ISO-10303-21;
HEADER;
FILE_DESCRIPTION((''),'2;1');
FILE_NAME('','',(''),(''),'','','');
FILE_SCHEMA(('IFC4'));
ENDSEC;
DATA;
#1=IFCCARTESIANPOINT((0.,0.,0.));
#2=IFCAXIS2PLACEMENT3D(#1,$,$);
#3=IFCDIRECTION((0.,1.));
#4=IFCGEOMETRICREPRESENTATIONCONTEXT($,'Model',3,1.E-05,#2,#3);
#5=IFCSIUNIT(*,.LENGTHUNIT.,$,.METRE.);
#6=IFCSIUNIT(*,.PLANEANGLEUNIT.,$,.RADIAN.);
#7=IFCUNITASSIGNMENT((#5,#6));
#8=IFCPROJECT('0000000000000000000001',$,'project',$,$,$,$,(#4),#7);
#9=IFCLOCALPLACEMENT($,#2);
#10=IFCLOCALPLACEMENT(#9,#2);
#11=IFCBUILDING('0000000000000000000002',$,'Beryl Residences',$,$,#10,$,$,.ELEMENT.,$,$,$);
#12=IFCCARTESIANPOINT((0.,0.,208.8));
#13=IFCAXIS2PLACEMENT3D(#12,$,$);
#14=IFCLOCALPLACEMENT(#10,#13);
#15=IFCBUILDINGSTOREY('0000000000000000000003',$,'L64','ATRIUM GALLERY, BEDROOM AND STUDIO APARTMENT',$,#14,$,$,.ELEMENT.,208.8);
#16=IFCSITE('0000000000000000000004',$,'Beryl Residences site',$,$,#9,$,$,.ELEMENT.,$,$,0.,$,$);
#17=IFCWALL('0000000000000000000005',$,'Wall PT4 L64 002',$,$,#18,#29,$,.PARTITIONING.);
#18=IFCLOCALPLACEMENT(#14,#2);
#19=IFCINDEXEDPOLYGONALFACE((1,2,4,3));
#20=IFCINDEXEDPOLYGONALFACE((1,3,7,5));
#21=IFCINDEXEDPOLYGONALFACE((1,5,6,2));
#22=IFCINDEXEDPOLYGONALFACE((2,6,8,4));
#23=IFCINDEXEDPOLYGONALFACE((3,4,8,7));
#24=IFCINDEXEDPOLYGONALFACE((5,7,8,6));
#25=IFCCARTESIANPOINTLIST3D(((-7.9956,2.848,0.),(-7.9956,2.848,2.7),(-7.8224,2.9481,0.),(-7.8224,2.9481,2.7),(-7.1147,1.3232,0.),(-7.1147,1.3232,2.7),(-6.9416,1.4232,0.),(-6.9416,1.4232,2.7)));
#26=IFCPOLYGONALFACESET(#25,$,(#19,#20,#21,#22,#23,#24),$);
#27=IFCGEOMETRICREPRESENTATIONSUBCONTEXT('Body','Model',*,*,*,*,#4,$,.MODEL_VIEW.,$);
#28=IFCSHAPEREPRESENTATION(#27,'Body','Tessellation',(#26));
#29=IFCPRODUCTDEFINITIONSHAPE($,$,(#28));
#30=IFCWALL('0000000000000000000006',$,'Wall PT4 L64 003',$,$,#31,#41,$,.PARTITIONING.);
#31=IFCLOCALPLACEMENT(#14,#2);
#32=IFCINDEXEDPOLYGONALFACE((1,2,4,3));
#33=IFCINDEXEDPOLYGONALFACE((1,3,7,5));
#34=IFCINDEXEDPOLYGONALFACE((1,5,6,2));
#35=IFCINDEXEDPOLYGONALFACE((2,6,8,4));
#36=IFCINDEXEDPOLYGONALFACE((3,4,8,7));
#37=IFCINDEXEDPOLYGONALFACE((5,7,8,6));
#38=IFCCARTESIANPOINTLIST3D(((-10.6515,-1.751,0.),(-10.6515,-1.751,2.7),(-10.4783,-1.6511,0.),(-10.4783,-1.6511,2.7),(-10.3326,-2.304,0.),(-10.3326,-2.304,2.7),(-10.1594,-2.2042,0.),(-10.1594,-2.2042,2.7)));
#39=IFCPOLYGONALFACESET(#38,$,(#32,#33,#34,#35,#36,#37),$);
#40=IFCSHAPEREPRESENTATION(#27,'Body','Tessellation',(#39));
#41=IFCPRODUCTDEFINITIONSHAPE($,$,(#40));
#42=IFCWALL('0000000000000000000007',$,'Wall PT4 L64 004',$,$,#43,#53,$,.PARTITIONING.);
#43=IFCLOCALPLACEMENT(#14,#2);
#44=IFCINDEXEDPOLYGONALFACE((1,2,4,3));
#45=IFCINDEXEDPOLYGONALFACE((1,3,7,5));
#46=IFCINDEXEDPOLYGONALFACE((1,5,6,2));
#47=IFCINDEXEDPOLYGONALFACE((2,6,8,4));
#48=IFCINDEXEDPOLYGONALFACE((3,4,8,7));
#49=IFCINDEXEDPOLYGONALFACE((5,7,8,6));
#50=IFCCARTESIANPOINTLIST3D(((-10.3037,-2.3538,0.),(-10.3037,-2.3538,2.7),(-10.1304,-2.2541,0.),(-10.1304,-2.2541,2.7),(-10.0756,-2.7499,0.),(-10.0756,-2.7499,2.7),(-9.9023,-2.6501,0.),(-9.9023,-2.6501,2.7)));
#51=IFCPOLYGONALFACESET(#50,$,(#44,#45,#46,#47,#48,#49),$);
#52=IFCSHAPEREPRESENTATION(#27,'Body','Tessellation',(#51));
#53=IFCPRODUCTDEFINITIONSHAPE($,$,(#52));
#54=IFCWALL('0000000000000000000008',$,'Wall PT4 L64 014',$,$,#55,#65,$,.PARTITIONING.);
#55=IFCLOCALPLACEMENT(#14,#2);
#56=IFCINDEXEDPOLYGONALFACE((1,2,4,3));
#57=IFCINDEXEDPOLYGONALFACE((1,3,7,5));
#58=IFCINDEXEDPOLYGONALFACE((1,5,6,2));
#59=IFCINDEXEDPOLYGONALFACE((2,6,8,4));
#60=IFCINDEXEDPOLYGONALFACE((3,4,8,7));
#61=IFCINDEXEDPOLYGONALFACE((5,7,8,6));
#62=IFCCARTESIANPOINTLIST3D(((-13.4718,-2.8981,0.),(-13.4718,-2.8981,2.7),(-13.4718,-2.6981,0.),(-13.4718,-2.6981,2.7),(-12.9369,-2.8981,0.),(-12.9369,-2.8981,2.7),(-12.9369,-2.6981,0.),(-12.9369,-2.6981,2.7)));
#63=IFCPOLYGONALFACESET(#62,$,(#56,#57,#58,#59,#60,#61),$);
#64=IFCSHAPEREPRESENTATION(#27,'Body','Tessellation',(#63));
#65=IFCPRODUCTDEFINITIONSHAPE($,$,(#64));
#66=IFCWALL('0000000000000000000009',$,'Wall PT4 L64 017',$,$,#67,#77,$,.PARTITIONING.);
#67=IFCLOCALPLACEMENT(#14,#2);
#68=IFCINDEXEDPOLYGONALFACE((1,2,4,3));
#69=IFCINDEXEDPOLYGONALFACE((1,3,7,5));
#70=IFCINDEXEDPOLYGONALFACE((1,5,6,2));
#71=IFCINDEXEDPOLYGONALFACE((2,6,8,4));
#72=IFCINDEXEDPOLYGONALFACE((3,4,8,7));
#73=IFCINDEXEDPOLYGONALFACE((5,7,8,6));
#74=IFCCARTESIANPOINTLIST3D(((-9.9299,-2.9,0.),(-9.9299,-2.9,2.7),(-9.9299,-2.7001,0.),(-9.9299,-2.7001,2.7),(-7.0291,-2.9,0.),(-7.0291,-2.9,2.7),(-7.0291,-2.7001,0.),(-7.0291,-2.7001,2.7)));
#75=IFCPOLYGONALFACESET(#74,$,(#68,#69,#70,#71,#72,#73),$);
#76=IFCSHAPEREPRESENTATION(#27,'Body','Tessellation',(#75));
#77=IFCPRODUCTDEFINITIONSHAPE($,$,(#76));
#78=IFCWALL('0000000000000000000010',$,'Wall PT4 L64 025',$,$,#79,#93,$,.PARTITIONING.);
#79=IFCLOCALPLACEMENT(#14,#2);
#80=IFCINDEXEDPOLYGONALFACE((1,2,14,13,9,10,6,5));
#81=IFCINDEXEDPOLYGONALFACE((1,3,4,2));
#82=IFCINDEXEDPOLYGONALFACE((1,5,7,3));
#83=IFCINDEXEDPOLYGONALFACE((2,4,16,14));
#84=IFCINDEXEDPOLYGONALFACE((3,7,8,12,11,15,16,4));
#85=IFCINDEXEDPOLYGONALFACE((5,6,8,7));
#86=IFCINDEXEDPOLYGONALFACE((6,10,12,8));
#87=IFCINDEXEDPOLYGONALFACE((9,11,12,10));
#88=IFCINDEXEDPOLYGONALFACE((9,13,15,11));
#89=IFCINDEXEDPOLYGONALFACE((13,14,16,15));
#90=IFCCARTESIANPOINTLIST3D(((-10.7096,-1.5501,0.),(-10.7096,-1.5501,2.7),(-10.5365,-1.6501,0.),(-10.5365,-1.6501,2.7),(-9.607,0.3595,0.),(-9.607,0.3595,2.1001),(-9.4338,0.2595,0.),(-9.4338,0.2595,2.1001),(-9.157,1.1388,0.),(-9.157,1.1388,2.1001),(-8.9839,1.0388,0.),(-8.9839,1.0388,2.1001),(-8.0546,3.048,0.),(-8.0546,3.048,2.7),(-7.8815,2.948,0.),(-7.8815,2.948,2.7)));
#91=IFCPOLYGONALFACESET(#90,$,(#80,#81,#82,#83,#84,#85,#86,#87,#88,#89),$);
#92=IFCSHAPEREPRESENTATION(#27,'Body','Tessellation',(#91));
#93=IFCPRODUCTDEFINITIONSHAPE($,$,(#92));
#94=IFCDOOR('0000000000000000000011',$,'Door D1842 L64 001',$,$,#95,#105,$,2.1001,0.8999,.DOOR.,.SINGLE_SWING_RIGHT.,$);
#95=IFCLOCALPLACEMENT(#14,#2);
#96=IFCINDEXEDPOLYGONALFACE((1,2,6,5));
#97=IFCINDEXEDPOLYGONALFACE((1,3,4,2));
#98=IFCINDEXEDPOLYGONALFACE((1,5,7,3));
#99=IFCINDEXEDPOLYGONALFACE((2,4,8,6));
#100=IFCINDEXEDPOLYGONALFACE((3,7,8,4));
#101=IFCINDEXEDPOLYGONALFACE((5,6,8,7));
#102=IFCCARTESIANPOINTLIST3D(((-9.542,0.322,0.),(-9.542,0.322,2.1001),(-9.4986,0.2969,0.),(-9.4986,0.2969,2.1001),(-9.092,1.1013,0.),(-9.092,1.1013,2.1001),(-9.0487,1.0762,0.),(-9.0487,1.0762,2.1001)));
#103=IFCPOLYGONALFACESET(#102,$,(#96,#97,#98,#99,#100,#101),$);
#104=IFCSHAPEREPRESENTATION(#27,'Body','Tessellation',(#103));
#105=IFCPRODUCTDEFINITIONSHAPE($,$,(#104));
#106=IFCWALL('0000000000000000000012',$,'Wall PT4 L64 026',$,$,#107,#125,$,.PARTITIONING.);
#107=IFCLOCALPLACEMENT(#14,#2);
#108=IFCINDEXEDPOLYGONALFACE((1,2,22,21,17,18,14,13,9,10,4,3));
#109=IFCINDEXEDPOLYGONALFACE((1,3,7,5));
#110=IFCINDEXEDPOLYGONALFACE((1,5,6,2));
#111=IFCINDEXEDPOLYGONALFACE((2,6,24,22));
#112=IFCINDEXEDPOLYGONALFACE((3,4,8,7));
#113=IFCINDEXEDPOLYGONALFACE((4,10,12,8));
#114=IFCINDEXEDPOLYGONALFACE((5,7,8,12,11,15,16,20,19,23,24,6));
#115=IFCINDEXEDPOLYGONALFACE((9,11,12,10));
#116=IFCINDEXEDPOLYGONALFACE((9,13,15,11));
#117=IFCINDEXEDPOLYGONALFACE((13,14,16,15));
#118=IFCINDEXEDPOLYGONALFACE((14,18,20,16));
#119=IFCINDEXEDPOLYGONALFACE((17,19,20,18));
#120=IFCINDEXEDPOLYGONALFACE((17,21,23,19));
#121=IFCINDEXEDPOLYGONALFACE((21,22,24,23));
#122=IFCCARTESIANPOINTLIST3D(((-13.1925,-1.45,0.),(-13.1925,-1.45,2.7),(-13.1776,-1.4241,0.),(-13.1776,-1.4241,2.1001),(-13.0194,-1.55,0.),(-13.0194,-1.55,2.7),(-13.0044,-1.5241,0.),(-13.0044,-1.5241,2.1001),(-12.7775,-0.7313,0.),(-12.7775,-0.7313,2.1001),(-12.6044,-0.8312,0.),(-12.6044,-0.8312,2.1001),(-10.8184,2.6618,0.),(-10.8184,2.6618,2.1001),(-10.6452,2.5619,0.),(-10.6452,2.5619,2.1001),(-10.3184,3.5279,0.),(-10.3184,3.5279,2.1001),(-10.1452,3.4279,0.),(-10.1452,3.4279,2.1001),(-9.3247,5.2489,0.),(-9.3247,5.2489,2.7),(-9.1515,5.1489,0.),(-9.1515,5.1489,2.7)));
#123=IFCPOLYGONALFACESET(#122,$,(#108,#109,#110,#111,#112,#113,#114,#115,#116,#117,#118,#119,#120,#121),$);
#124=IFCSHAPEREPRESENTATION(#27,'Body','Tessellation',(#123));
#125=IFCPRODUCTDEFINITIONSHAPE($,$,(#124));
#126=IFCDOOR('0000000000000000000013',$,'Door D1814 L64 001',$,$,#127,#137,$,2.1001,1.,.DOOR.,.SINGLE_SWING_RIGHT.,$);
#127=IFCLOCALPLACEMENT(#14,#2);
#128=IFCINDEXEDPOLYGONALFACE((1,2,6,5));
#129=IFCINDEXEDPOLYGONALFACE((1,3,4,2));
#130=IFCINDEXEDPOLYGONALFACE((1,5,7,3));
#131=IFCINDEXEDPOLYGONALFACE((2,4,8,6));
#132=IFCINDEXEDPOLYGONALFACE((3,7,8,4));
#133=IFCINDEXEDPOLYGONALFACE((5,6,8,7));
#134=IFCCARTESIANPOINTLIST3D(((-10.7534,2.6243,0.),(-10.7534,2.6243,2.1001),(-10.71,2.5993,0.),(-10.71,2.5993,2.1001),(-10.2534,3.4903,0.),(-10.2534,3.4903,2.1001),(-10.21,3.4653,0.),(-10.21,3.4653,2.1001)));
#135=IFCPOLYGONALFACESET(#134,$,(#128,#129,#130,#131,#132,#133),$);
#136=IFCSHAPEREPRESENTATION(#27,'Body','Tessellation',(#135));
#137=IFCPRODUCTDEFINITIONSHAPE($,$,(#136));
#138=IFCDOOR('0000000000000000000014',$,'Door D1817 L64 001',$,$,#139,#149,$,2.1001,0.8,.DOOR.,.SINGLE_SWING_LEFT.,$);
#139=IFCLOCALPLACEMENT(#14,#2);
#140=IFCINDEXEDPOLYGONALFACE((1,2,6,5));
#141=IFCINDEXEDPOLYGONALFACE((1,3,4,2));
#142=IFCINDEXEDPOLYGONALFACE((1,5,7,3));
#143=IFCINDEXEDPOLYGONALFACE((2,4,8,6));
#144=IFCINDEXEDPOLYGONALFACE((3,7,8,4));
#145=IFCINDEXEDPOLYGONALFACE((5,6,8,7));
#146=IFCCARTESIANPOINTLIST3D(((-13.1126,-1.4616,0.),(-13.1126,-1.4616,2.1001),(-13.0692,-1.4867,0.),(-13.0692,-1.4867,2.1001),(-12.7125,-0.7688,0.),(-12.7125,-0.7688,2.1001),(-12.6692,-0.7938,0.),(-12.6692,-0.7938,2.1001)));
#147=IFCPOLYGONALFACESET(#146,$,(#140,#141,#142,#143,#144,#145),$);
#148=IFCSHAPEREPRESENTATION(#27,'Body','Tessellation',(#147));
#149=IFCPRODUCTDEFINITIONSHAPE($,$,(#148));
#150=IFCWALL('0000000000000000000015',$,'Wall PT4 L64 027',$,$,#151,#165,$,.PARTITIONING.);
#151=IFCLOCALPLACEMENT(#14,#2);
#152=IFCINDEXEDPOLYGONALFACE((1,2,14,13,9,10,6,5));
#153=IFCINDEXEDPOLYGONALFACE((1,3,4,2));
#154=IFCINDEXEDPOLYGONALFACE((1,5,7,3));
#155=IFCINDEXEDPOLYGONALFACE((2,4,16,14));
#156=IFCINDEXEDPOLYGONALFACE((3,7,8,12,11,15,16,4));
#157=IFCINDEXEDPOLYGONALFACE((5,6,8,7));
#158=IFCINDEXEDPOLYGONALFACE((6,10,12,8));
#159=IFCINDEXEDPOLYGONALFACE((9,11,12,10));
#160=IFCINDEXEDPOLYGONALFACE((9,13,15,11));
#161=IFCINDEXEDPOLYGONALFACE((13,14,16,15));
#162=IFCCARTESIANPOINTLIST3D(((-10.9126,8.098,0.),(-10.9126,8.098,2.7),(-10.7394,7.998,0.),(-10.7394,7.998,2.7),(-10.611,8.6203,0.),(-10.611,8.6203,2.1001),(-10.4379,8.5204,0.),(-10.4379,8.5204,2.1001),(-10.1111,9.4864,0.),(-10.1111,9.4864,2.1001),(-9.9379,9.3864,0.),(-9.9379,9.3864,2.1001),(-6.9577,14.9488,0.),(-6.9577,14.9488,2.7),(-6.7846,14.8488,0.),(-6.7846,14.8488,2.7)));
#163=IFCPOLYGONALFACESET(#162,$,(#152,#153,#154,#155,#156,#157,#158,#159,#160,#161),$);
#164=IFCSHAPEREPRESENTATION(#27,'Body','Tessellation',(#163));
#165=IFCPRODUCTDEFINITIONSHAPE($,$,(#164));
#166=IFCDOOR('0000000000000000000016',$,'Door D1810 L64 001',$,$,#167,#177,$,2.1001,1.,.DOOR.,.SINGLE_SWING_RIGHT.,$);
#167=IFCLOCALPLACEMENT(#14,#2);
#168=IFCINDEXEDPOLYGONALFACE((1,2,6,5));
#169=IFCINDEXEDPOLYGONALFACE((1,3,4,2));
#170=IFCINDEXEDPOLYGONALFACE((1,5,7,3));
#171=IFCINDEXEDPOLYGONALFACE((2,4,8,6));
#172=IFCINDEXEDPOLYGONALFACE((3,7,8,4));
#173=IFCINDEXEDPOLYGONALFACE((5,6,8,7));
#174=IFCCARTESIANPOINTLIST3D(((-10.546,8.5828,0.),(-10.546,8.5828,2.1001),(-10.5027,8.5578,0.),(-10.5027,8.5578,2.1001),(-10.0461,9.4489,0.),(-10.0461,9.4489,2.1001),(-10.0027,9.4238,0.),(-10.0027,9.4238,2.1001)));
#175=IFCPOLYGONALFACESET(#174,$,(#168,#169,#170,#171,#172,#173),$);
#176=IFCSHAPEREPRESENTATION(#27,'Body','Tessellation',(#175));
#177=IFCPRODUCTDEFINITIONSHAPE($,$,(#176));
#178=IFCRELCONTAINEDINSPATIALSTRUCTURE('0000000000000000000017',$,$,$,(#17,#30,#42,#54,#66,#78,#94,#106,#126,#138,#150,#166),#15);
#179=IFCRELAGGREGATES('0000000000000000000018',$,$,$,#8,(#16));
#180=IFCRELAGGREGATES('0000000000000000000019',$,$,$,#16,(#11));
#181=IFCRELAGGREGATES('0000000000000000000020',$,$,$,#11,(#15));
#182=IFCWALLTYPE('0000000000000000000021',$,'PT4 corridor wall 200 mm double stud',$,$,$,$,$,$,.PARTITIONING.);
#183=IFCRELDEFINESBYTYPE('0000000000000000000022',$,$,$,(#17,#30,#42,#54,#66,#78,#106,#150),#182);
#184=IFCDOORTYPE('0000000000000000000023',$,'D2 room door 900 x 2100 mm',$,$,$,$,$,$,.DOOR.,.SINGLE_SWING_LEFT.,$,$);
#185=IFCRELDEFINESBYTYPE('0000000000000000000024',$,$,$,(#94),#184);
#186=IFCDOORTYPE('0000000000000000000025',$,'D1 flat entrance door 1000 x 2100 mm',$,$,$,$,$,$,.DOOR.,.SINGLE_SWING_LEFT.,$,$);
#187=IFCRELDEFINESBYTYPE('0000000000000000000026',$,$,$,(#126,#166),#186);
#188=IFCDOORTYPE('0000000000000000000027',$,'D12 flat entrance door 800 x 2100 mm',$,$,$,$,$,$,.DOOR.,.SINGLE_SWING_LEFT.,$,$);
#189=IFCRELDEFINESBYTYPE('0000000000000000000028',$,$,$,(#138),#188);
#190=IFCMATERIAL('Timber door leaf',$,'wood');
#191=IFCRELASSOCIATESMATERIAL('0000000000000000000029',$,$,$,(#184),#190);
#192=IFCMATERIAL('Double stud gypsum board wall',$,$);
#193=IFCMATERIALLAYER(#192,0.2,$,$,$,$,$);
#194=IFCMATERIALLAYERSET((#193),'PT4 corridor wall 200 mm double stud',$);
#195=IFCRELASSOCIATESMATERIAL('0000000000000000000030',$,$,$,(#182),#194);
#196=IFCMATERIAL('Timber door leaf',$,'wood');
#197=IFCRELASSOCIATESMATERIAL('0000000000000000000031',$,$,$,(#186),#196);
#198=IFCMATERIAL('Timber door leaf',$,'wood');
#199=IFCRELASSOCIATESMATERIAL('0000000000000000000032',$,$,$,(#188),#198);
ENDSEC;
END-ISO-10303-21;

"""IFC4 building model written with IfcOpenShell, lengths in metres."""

from ifc_helpers import new_model, si_unit, direction, frame, frame_2d, origin, place, context, subcontext, project, spatial, rectangle, extrude, material, layer, layer_set, type_object, element, fill, save


model = new_model("IFC4")

# Units and contexts
model_context = context("Model", 3, precision=1e-05, world=origin(), true_north=direction((0.0, 1.0)))
body_context = subcontext(model_context, "Body", "Model", "MODEL_VIEW")
ifc_project = project(units=[si_unit("LENGTHUNIT", "METRE"), si_unit("PLANEANGLEUNIT", "RADIAN")], contexts=[model_context])

# Site, building, storey
site_placement = place(None, origin())
site = spatial("IfcSite", under=ifc_project, at=site_placement, Name="Beryl Residences site", CompositionType="ELEMENT", RefElevation=0.0)
building_placement = place(site_placement, origin())
building = spatial("IfcBuilding", under=site, at=building_placement, Name="Beryl Residences", CompositionType="ELEMENT")
storey_placement = place(building_placement, frame((0.0, 0.0, 208.8)))
storey = spatial("IfcBuildingStorey", under=building, at=storey_placement, Name="L64", Description="ATRIUM GALLERY, BEDROOM AND STUDIO APARTMENT", CompositionType="ELEMENT", Elevation=208.8)

# Shared definitions
ifc_material_1 = material(Name="Timber door leaf", Category="wood")
door_type_1 = type_object("IfcDoorType", Name="D2 room door 900 x 2100 mm", OperationType="SINGLE_SWING_LEFT", PredefinedType="DOOR", material=ifc_material_1)

# Walls
ifc_material_2 = material(Name="Double stud gypsum board wall")
ifc_layer_1 = layer(ifc_material_2, 0.2)
ifc_layer_set_1 = layer_set([ifc_layer_1], Name="PT4 corridor wall 200 mm double stud")
wall_type_1 = type_object("IfcWallType", Name="PT4 corridor wall 200 mm double stud", PredefinedType="PARTITIONING", material=ifc_layer_set_1)
wall_1_placement = place(storey_placement, frame((-7.9089, 2.8979, 0.0), z_axis=(0.0, 0.0, 1.0), x_axis=(0.500194, -0.865913, 0.0)))
element("IfcWall", 1, at=wall_1_placement, inside=storey, type_object=wall_type_1, Name="Wall PT4 L64 002", PredefinedType="PARTITIONING", context=body_context, shape_type="SweptSolid", body=[
    extrude(rectangle(XDim=1.761, YDim=0.2, at=frame_2d((0.8804, 0.0))), origin(), (0.0, 0.0, 1.0), 2.7),
])
wall_2_placement = place(storey_placement, frame((-10.5649, -1.7009, 0.0), z_axis=(0.0, 0.0, 1.0), x_axis=(0.499513, -0.866307, 0.0)))
element("IfcWall", 2, at=wall_2_placement, inside=storey, type_object=wall_type_1, Name="Wall PT4 L64 003", PredefinedType="PARTITIONING", context=body_context, shape_type="SweptSolid", body=[
    extrude(rectangle(XDim=0.6384, YDim=0.2, at=frame_2d((0.3193, 0.0))), origin(), (0.0, 0.0, 1.0), 2.7),
])
wall_3_placement = place(storey_placement, frame((-10.217, -2.304, 0.0), z_axis=(0.0, 0.0, 1.0), x_axis=(0.499013, -0.866594, 0.0)))
element("IfcWall", 3, at=wall_3_placement, inside=storey, type_object=wall_type_1, Name="Wall PT4 L64 004", PredefinedType="PARTITIONING", context=body_context, shape_type="SweptSolid", body=[
    extrude(rectangle(XDim=0.457, YDim=0.2, at=frame_2d((0.2285, 0.0))), origin(), (0.0, 0.0, 1.0), 2.7),
])
wall_4_placement = place(storey_placement, frame((-13.4719, -2.7981, 0.0), z_axis=(0.0, 0.0, 1.0), x_axis=(1.0, 0.0, 0.0)))
element("IfcWall", 4, at=wall_4_placement, inside=storey, type_object=wall_type_1, Name="Wall PT4 L64 014", PredefinedType="PARTITIONING", context=body_context, shape_type="SweptSolid", body=[
    extrude(rectangle(XDim=0.5349, YDim=0.2, at=frame_2d((0.2676, 0.0))), origin(), (0.0, 0.0, 1.0), 2.7),
])
wall_5_placement = place(storey_placement, frame((-9.9299, -2.8, 0.0), z_axis=(0.0, 0.0, 1.0), x_axis=(1.0, 0.0, 0.0)))
element("IfcWall", 5, at=wall_5_placement, inside=storey, type_object=wall_type_1, Name="Wall PT4 L64 017", PredefinedType="PARTITIONING", context=body_context, shape_type="SweptSolid", body=[
    extrude(rectangle(XDim=2.9009, YDim=0.2, at=frame_2d((1.4504, 0.0))), origin(), (0.0, 0.0, 1.0), 2.7),
])

# Wall, opening, door
wall_6_placement = place(storey_placement, frame((-10.623, -1.6001, 0.0), z_axis=(0.0, 0.0, 1.0), x_axis=(0.500041, 0.866002, 0.0)))
wall_6 = element("IfcWall", 6, at=wall_6_placement, inside=storey, type_object=wall_type_1, Name="Wall PT4 L64 025", PredefinedType="PARTITIONING", context=body_context, shape_type="SweptSolid", body=[
    extrude(rectangle(XDim=5.3096, YDim=0.2, at=frame_2d((2.6548, 0.0))), origin(), (0.0, 0.0, 1.0), 2.7),
])
opening_1_placement = place(wall_6_placement, frame((2.2051, 0.0, 0.0)))
opening_1 = element("IfcOpeningElement", 7, at=opening_1_placement, cuts=wall_6, PredefinedType="OPENING", context=body_context, shape_type="SweptSolid", body=[
    extrude(rectangle(XDim=0.8999, YDim=2.1001, at=frame_2d((0.45, 1.05))), frame((0.0, 0.1099, 0.0), z_axis=(0.0, -1.0, 0.0), x_axis=(1.0, 0.0, 0.0)), (0.0, 0.0, 1.0), 0.22),
])
door_1_placement = place(opening_1_placement, origin())
door_1 = element("IfcDoor", 8, at=door_1_placement, inside=storey, type_object=door_type_1, Name="Door D1842 L64 001", OperationType="SINGLE_SWING_RIGHT", OverallHeight=2.1001, OverallWidth=0.8999, PredefinedType="DOOR", context=body_context, shape_type="SweptSolid", body=[
    extrude(rectangle(XDim=0.8999, YDim=2.1001, at=frame_2d((0.45, 1.05))), frame((0.0, 0.0249, 0.0), z_axis=(0.0, -1.0, 0.0), x_axis=(1.0, 0.0, 0.0)), (0.0, 0.0, 1.0), 0.05),
])
fill(opening_1, door_1)

# Wall, openings, doors
wall_7_placement = place(storey_placement, frame((-13.106, -1.5, 0.0), z_axis=(0.0, 0.0, 1.0), x_axis=(0.500026, 0.866011, 0.0)))
wall_7 = element("IfcWall", 9, at=wall_7_placement, inside=storey, type_object=wall_type_1, Name="Wall PT4 L64 026", PredefinedType="PARTITIONING", context=body_context, shape_type="SweptSolid", body=[
    extrude(rectangle(XDim=7.7354, YDim=0.2, at=frame_2d((3.8677, 0.0))), origin(), (0.0, 0.0, 1.0), 2.7),
])
opening_2_placement = place(wall_7_placement, frame((4.748, 0.0, 0.0)))
opening_2 = element("IfcOpeningElement", 10, at=opening_2_placement, cuts=wall_7, PredefinedType="OPENING", context=body_context, shape_type="SweptSolid", body=[
    extrude(rectangle(XDim=1.0, YDim=2.1001, at=frame_2d((0.5, 1.05))), frame((0.0, 0.1099, 0.0), z_axis=(0.0, -1.0, 0.0), x_axis=(1.0, 0.0, 0.0)), (0.0, 0.0, 1.0), 0.22),
])
opening_3_placement = place(wall_7_placement, frame((0.03, 0.0, 0.0)))
opening_3 = element("IfcOpeningElement", 11, at=opening_3_placement, cuts=wall_7, PredefinedType="OPENING", context=body_context, shape_type="SweptSolid", body=[
    extrude(rectangle(XDim=0.8, YDim=2.1001, at=frame_2d((0.3999, 1.05))), frame((0.0, 0.1099, 0.0), z_axis=(0.0, -1.0, 0.0), x_axis=(1.0, 0.0, 0.0)), (0.0, 0.0, 1.0), 0.22),
])
ifc_material_3 = material(Name="Timber door leaf", Category="wood")
door_type_2 = type_object("IfcDoorType", Name="D1 flat entrance door 1000 x 2100 mm", OperationType="SINGLE_SWING_LEFT", PredefinedType="DOOR", material=ifc_material_3)
door_2_placement = place(opening_2_placement, origin())
door_2 = element("IfcDoor", 12, at=door_2_placement, inside=storey, type_object=door_type_2, Name="Door D1814 L64 001", OperationType="SINGLE_SWING_RIGHT", OverallHeight=2.1001, OverallWidth=1.0, PredefinedType="DOOR", context=body_context, shape_type="SweptSolid", body=[
    extrude(rectangle(XDim=1.0, YDim=2.1001, at=frame_2d((0.5, 1.05))), frame((0.0, 0.0249, 0.0), z_axis=(0.0, -1.0, 0.0), x_axis=(1.0, 0.0, 0.0)), (0.0, 0.0, 1.0), 0.05),
])
fill(opening_2, door_2)
ifc_material_4 = material(Name="Timber door leaf", Category="wood")
door_type_3 = type_object("IfcDoorType", Name="D12 flat entrance door 800 x 2100 mm", OperationType="SINGLE_SWING_LEFT", PredefinedType="DOOR", material=ifc_material_4)
door_3_placement = place(opening_3_placement, origin())
door_3 = element("IfcDoor", 13, at=door_3_placement, inside=storey, type_object=door_type_3, Name="Door D1817 L64 001", OperationType="SINGLE_SWING_LEFT", OverallHeight=2.1001, OverallWidth=0.8, PredefinedType="DOOR", context=body_context, shape_type="SweptSolid", body=[
    extrude(rectangle(XDim=0.8, YDim=2.1001, at=frame_2d((0.3999, 1.05))), frame((0.0, 0.0249, 0.0), z_axis=(0.0, -1.0, 0.0), x_axis=(1.0, 0.0, 0.0)), (0.0, 0.0, 1.0), 0.05),
])
fill(opening_3, door_3)

# Wall, opening, door
wall_8_placement = place(storey_placement, frame((-10.8259, 8.0481, 0.0), z_axis=(0.0, 0.0, 1.0), x_axis=(0.499953, 0.866052, 0.0)))
wall_8 = element("IfcWall", 14, at=wall_8_placement, inside=storey, type_object=wall_type_1, Name="Wall PT4 L64 027", PredefinedType="PARTITIONING", context=body_context, shape_type="SweptSolid", body=[
    extrude(rectangle(XDim=7.9104, YDim=0.2, at=frame_2d((3.9551, 0.0))), origin(), (0.0, 0.0, 1.0), 2.7),
])
opening_4_placement = place(wall_8_placement, frame((0.603, 0.0, 0.0)))
opening_4 = element("IfcOpeningElement", 15, at=opening_4_placement, cuts=wall_8, PredefinedType="OPENING", context=body_context, shape_type="SweptSolid", body=[
    extrude(rectangle(XDim=1.0, YDim=2.1001, at=frame_2d((0.5, 1.05))), frame((0.0, 0.1099, 0.0), z_axis=(0.0, -1.0, 0.0), x_axis=(1.0, 0.0, 0.0)), (0.0, 0.0, 1.0), 0.22),
])
door_4_placement = place(opening_4_placement, origin())
door_4 = element("IfcDoor", 16, at=door_4_placement, inside=storey, type_object=door_type_2, Name="Door D1810 L64 001", OperationType="SINGLE_SWING_RIGHT", OverallHeight=2.1001, OverallWidth=1.0, PredefinedType="DOOR", context=body_context, shape_type="SweptSolid", body=[
    extrude(rectangle(XDim=1.0, YDim=2.1001, at=frame_2d((0.5, 1.05))), frame((0.0, 0.0249, 0.0), z_axis=(0.0, -1.0, 0.0), x_axis=(1.0, 0.0, 0.0)), (0.0, 0.0, 1.0), 0.05),
])
fill(opening_4, door_4)

save(model, "model.ifc")
